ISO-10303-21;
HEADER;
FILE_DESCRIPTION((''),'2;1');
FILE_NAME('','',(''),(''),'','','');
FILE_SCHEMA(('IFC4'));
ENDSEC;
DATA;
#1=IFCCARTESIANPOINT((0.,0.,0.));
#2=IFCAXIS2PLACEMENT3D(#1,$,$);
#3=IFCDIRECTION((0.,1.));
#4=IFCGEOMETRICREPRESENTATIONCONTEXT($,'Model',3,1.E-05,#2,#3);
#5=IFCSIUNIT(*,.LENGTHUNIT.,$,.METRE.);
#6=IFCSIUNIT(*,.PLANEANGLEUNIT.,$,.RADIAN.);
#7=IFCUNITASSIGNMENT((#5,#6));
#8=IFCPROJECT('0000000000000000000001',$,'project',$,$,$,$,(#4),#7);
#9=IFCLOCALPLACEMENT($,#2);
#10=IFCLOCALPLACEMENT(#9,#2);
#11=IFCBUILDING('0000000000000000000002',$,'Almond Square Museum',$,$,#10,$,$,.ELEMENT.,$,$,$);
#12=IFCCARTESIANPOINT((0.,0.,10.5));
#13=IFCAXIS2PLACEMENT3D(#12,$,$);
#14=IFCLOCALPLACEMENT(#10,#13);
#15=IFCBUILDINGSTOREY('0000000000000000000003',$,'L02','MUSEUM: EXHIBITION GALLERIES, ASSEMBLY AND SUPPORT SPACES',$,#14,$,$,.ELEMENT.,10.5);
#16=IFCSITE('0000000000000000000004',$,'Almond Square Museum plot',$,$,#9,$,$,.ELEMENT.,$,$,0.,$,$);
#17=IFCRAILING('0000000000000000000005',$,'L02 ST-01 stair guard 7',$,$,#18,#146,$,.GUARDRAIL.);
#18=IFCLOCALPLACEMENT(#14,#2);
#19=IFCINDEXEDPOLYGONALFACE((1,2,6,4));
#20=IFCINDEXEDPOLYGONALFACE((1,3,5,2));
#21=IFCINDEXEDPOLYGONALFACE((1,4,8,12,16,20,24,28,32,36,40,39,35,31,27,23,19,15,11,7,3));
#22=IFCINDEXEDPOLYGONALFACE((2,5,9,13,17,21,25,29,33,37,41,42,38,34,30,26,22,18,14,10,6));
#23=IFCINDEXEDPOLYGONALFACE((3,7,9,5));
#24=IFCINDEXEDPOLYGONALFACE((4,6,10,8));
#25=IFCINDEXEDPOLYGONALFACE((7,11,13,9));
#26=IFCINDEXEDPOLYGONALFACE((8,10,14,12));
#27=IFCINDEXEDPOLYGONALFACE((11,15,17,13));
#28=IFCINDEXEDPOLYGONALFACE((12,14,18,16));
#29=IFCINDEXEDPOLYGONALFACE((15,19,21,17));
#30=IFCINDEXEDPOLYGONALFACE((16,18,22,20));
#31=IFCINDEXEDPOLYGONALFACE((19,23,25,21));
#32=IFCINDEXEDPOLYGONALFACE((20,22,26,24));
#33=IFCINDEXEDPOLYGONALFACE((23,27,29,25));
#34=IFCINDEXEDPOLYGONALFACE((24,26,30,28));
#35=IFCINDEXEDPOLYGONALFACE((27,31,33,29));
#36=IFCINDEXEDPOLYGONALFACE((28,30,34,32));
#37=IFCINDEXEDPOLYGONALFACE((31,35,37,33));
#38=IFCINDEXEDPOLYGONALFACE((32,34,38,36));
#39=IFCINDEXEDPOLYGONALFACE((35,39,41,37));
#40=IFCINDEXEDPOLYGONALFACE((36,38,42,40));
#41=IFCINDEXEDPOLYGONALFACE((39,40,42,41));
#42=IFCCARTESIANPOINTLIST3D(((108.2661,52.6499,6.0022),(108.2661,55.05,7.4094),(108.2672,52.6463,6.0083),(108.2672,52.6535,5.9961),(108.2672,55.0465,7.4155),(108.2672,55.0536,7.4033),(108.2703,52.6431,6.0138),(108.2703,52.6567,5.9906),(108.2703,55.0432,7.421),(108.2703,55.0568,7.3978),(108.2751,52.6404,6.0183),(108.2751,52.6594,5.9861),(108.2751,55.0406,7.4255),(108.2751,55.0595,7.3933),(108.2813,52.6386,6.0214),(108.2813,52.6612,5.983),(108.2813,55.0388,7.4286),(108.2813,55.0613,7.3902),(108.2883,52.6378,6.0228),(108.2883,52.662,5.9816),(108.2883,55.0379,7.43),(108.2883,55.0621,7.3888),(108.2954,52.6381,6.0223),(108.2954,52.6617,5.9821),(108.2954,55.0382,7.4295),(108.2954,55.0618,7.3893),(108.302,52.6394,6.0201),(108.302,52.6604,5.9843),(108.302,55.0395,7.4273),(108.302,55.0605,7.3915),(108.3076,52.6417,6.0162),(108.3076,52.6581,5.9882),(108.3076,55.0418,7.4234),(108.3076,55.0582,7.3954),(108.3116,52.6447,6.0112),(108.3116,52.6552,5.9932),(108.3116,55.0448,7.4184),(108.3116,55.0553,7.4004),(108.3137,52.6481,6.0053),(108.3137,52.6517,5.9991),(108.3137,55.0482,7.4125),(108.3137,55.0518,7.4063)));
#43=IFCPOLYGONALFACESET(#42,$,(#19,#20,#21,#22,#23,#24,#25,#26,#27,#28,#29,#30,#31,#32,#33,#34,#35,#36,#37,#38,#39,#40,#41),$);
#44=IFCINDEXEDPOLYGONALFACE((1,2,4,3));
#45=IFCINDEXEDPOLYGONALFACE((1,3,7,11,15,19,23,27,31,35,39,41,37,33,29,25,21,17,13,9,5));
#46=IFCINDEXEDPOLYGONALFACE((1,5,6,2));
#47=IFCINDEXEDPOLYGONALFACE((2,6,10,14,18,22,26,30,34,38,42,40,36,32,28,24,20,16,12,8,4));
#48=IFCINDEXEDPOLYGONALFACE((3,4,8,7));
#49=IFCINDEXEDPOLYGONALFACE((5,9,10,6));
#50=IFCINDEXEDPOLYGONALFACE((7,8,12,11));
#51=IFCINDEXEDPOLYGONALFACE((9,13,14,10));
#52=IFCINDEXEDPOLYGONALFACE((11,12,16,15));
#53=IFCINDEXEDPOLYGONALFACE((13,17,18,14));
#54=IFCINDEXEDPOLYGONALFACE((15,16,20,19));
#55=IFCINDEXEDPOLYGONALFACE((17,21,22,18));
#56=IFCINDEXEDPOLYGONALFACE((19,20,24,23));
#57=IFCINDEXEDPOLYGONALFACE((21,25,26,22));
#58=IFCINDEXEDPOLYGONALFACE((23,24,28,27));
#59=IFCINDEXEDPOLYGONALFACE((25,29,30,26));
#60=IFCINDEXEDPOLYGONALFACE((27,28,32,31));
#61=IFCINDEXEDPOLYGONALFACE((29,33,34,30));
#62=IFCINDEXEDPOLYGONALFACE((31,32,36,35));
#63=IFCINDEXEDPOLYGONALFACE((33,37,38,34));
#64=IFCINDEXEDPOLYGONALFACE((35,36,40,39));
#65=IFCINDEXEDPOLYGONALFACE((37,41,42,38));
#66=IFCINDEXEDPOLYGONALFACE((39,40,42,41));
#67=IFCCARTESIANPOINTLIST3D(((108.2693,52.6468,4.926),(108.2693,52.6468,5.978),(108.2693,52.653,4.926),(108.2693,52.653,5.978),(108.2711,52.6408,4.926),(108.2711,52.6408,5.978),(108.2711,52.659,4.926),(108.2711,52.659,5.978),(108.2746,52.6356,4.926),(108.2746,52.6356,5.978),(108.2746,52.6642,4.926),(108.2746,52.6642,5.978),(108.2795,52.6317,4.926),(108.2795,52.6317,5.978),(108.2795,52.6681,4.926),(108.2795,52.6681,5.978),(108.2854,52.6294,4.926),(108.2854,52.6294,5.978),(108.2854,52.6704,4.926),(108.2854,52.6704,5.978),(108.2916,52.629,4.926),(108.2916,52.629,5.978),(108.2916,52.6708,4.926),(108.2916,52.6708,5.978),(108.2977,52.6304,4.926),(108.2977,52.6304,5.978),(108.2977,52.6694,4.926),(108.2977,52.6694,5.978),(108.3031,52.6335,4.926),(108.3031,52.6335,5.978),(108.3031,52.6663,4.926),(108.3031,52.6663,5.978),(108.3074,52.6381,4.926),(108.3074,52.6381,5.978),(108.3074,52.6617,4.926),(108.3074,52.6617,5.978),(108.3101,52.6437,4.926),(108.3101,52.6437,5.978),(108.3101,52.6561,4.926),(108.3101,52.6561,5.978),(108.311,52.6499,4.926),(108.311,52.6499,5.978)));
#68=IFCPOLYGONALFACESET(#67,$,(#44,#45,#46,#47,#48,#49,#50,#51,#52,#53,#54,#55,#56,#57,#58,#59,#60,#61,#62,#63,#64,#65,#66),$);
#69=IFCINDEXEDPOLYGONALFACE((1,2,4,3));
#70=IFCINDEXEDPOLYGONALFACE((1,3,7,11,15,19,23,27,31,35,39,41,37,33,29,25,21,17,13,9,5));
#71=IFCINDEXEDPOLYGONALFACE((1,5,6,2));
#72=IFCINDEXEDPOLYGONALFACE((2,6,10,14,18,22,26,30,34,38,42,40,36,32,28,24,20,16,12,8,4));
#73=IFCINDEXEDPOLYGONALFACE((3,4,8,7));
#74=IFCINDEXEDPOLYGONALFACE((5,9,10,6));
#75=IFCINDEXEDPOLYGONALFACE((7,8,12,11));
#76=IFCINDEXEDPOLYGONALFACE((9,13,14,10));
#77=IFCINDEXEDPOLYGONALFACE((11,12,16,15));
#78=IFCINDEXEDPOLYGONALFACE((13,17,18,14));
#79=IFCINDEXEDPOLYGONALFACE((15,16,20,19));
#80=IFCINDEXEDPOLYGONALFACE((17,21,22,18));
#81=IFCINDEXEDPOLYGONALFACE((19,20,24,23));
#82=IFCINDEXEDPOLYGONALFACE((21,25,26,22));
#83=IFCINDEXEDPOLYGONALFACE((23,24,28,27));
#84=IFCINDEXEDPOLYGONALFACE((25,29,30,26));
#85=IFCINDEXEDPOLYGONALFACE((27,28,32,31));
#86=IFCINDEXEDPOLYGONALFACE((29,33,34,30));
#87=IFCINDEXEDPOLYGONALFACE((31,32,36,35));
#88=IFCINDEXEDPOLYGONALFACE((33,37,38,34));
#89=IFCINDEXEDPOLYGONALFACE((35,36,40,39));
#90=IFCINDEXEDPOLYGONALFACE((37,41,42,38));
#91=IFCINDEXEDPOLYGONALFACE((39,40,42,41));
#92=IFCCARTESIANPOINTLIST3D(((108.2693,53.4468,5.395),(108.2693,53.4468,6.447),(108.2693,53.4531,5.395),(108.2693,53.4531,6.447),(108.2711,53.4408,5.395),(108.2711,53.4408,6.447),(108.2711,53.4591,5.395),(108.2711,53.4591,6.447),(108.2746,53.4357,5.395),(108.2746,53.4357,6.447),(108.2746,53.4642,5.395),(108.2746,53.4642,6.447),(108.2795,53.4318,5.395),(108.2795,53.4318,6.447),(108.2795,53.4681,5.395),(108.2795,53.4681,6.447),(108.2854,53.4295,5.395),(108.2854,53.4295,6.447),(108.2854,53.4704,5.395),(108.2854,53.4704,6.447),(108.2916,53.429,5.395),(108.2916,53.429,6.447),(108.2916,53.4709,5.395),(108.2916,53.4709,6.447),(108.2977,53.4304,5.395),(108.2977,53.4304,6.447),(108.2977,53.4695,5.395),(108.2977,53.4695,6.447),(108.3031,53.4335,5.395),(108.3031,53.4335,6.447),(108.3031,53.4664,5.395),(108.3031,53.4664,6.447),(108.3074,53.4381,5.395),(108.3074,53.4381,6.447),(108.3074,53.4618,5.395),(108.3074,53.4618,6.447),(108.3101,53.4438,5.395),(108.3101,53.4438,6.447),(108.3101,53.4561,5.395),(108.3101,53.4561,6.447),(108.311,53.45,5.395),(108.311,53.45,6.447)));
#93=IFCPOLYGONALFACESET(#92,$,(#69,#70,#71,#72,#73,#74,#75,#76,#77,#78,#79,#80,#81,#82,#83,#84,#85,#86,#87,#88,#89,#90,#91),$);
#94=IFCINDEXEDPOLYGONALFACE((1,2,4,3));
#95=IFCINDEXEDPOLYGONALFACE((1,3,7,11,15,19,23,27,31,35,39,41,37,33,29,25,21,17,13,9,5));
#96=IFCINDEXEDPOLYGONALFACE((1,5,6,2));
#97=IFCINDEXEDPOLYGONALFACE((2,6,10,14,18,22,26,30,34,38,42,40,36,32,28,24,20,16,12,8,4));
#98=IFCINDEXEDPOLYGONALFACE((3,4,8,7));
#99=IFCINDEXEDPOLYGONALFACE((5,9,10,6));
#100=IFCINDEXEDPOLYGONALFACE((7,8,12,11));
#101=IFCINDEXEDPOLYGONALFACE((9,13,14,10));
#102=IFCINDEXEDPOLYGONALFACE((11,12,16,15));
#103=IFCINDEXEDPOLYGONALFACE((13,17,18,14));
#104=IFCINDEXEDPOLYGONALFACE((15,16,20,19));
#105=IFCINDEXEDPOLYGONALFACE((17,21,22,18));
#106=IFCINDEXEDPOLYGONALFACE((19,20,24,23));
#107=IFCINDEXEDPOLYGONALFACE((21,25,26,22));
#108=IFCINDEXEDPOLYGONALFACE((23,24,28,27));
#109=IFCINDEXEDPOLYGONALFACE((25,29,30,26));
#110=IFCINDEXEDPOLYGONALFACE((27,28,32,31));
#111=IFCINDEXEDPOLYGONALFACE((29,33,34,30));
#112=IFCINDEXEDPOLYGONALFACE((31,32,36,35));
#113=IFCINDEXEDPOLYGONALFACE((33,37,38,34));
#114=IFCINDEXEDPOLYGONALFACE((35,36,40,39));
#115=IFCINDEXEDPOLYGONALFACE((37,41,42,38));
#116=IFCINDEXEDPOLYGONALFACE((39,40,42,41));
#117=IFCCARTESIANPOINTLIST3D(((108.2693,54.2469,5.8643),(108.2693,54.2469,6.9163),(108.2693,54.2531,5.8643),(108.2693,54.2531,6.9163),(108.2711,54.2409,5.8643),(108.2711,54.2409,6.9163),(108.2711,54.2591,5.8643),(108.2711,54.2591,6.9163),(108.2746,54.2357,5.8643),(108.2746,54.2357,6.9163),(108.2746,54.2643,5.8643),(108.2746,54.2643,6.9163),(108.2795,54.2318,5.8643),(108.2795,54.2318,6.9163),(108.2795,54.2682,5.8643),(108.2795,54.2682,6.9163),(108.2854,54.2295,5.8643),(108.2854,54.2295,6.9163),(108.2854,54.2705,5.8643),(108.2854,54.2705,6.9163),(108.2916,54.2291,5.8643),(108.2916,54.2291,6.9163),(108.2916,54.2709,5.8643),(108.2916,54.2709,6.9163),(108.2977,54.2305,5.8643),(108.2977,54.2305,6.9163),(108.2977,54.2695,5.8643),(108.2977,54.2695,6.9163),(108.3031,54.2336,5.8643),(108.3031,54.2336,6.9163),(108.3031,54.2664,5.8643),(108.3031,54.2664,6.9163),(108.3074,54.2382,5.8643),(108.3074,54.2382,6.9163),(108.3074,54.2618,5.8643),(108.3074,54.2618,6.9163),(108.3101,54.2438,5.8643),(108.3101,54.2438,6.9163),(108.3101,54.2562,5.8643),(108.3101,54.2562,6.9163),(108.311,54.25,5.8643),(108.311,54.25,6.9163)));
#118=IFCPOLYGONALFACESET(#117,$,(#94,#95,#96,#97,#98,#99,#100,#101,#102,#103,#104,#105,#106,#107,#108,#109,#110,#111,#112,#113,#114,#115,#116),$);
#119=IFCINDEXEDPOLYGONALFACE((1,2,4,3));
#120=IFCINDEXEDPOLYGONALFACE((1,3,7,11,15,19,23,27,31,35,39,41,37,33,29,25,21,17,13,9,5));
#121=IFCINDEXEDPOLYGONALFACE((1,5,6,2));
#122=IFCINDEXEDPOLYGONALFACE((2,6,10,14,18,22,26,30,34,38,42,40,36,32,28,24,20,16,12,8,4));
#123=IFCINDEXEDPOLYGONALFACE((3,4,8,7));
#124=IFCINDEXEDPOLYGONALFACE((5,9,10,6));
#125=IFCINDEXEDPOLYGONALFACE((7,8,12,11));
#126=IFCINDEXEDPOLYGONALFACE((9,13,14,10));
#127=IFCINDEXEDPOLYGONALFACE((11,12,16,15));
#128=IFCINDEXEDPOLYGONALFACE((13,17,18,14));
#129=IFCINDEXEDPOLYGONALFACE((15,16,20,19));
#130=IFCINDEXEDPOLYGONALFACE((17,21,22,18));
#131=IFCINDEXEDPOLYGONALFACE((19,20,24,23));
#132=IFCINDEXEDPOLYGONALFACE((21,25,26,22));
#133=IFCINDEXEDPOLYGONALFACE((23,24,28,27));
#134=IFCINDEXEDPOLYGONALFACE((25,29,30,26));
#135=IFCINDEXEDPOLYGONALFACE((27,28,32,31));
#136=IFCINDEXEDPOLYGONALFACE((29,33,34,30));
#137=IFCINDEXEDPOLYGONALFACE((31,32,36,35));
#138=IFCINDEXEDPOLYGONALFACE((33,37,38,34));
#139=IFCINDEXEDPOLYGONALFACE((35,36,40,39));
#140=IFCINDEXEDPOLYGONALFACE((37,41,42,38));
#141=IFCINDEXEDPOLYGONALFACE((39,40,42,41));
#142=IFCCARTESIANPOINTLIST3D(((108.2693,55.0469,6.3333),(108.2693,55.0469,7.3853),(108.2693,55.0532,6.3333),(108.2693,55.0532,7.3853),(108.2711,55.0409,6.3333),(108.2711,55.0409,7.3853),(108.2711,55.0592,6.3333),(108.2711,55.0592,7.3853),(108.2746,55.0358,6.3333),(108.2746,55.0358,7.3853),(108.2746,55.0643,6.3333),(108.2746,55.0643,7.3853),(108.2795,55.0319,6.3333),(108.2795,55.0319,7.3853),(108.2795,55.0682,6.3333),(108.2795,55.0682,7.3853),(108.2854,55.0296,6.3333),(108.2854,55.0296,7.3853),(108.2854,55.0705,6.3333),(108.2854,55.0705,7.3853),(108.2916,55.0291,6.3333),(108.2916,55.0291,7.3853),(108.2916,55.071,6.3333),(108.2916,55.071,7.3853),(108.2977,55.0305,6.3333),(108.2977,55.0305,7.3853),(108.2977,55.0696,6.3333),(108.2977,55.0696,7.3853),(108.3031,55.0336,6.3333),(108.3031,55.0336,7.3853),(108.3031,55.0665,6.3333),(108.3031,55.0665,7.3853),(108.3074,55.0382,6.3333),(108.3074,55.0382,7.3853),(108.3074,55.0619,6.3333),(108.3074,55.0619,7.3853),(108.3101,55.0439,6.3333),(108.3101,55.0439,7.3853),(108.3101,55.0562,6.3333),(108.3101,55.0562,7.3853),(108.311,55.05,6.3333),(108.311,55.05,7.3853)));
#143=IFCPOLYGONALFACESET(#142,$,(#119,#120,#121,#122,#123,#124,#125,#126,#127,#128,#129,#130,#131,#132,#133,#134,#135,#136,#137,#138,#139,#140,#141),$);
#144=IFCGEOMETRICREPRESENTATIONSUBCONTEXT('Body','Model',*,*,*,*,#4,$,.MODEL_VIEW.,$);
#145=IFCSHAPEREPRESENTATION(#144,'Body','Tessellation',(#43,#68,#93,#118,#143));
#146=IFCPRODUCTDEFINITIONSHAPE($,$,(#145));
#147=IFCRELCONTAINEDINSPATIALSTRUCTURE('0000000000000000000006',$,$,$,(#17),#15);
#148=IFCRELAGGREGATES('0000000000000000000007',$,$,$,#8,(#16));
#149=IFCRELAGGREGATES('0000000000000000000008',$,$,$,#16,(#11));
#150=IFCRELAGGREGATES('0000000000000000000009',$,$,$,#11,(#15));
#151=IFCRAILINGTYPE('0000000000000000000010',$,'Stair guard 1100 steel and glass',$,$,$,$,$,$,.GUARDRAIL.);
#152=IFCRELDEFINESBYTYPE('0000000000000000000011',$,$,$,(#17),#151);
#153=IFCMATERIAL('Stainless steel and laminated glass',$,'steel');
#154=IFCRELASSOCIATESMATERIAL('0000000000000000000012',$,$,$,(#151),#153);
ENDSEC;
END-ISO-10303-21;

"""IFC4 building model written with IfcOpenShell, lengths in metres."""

from ifc_helpers import new_model, si_unit, direction, frame, origin, origin_2d, place, context, subcontext, project, spatial, circle, extrude, material, type_object, element, save


model = new_model("IFC4")

# Units and contexts
model_context = context("Model", 3, precision=1e-05, world=origin(), true_north=direction((0.0, 1.0)))
body_context = subcontext(model_context, "Body", "Model", "MODEL_VIEW")
ifc_project = project(units=[si_unit("LENGTHUNIT", "METRE"), si_unit("PLANEANGLEUNIT", "RADIAN")], contexts=[model_context])

# Site, building, storey
site_placement = place(None, origin())
site = spatial("IfcSite", under=ifc_project, at=site_placement, Name="Almond Square Museum plot", CompositionType="ELEMENT", RefElevation=0.0)
building_placement = place(site_placement, origin())
building = spatial("IfcBuilding", under=site, at=building_placement, Name="Almond Square Museum", CompositionType="ELEMENT")
storey_placement = place(building_placement, frame((0.0, 0.0, 10.5)))
storey = spatial("IfcBuildingStorey", under=building, at=storey_placement, Name="L02", Description="MUSEUM: EXHIBITION GALLERIES, ASSEMBLY AND SUPPORT SPACES", CompositionType="ELEMENT", Elevation=10.5)

# Railing
ifc_material_1 = material(Name="Stainless steel and laminated glass", Category="steel")
railing_type_1 = type_object("IfcRailingType", Name="Stair guard 1100 steel and glass", PredefinedType="GUARDRAIL", material=ifc_material_1)
railing_1_placement = place(storey_placement, frame((108.29, 52.6499, 4.926)))
element("IfcRailing", 1, at=railing_1_placement, inside=storey, type_object=railing_type_1, Name="L02 ST-01 stair guard 7", PredefinedType="GUARDRAIL", context=body_context, shape_type="SweptSolid", body=[
    extrude(circle(Radius=0.0239, at=origin_2d()), frame((0.0, 0.0, 1.0762), z_axis=(0.0, 0.86266, 0.505785), x_axis=(-1.0, 0.0, 0.0)), (0.0, 0.0, 1.0), 2.7822),
    extrude(circle(Radius=0.021, at=origin_2d()), origin(), (0.0, 0.0, 1.0), 1.052),
    extrude(circle(Radius=0.021, at=origin_2d()), frame((0.0, 0.8, 0.469)), (0.0, 0.0, 1.0), 1.052),
    extrude(circle(Radius=0.021, at=origin_2d()), frame((0.0, 1.6001, 0.9382)), (0.0, 0.0, 1.0), 1.052),
    extrude(circle(Radius=0.021, at=origin_2d()), frame((0.0, 2.4001, 1.4072)), (0.0, 0.0, 1.0), 1.052),
])

save(model, "model.ifc")
